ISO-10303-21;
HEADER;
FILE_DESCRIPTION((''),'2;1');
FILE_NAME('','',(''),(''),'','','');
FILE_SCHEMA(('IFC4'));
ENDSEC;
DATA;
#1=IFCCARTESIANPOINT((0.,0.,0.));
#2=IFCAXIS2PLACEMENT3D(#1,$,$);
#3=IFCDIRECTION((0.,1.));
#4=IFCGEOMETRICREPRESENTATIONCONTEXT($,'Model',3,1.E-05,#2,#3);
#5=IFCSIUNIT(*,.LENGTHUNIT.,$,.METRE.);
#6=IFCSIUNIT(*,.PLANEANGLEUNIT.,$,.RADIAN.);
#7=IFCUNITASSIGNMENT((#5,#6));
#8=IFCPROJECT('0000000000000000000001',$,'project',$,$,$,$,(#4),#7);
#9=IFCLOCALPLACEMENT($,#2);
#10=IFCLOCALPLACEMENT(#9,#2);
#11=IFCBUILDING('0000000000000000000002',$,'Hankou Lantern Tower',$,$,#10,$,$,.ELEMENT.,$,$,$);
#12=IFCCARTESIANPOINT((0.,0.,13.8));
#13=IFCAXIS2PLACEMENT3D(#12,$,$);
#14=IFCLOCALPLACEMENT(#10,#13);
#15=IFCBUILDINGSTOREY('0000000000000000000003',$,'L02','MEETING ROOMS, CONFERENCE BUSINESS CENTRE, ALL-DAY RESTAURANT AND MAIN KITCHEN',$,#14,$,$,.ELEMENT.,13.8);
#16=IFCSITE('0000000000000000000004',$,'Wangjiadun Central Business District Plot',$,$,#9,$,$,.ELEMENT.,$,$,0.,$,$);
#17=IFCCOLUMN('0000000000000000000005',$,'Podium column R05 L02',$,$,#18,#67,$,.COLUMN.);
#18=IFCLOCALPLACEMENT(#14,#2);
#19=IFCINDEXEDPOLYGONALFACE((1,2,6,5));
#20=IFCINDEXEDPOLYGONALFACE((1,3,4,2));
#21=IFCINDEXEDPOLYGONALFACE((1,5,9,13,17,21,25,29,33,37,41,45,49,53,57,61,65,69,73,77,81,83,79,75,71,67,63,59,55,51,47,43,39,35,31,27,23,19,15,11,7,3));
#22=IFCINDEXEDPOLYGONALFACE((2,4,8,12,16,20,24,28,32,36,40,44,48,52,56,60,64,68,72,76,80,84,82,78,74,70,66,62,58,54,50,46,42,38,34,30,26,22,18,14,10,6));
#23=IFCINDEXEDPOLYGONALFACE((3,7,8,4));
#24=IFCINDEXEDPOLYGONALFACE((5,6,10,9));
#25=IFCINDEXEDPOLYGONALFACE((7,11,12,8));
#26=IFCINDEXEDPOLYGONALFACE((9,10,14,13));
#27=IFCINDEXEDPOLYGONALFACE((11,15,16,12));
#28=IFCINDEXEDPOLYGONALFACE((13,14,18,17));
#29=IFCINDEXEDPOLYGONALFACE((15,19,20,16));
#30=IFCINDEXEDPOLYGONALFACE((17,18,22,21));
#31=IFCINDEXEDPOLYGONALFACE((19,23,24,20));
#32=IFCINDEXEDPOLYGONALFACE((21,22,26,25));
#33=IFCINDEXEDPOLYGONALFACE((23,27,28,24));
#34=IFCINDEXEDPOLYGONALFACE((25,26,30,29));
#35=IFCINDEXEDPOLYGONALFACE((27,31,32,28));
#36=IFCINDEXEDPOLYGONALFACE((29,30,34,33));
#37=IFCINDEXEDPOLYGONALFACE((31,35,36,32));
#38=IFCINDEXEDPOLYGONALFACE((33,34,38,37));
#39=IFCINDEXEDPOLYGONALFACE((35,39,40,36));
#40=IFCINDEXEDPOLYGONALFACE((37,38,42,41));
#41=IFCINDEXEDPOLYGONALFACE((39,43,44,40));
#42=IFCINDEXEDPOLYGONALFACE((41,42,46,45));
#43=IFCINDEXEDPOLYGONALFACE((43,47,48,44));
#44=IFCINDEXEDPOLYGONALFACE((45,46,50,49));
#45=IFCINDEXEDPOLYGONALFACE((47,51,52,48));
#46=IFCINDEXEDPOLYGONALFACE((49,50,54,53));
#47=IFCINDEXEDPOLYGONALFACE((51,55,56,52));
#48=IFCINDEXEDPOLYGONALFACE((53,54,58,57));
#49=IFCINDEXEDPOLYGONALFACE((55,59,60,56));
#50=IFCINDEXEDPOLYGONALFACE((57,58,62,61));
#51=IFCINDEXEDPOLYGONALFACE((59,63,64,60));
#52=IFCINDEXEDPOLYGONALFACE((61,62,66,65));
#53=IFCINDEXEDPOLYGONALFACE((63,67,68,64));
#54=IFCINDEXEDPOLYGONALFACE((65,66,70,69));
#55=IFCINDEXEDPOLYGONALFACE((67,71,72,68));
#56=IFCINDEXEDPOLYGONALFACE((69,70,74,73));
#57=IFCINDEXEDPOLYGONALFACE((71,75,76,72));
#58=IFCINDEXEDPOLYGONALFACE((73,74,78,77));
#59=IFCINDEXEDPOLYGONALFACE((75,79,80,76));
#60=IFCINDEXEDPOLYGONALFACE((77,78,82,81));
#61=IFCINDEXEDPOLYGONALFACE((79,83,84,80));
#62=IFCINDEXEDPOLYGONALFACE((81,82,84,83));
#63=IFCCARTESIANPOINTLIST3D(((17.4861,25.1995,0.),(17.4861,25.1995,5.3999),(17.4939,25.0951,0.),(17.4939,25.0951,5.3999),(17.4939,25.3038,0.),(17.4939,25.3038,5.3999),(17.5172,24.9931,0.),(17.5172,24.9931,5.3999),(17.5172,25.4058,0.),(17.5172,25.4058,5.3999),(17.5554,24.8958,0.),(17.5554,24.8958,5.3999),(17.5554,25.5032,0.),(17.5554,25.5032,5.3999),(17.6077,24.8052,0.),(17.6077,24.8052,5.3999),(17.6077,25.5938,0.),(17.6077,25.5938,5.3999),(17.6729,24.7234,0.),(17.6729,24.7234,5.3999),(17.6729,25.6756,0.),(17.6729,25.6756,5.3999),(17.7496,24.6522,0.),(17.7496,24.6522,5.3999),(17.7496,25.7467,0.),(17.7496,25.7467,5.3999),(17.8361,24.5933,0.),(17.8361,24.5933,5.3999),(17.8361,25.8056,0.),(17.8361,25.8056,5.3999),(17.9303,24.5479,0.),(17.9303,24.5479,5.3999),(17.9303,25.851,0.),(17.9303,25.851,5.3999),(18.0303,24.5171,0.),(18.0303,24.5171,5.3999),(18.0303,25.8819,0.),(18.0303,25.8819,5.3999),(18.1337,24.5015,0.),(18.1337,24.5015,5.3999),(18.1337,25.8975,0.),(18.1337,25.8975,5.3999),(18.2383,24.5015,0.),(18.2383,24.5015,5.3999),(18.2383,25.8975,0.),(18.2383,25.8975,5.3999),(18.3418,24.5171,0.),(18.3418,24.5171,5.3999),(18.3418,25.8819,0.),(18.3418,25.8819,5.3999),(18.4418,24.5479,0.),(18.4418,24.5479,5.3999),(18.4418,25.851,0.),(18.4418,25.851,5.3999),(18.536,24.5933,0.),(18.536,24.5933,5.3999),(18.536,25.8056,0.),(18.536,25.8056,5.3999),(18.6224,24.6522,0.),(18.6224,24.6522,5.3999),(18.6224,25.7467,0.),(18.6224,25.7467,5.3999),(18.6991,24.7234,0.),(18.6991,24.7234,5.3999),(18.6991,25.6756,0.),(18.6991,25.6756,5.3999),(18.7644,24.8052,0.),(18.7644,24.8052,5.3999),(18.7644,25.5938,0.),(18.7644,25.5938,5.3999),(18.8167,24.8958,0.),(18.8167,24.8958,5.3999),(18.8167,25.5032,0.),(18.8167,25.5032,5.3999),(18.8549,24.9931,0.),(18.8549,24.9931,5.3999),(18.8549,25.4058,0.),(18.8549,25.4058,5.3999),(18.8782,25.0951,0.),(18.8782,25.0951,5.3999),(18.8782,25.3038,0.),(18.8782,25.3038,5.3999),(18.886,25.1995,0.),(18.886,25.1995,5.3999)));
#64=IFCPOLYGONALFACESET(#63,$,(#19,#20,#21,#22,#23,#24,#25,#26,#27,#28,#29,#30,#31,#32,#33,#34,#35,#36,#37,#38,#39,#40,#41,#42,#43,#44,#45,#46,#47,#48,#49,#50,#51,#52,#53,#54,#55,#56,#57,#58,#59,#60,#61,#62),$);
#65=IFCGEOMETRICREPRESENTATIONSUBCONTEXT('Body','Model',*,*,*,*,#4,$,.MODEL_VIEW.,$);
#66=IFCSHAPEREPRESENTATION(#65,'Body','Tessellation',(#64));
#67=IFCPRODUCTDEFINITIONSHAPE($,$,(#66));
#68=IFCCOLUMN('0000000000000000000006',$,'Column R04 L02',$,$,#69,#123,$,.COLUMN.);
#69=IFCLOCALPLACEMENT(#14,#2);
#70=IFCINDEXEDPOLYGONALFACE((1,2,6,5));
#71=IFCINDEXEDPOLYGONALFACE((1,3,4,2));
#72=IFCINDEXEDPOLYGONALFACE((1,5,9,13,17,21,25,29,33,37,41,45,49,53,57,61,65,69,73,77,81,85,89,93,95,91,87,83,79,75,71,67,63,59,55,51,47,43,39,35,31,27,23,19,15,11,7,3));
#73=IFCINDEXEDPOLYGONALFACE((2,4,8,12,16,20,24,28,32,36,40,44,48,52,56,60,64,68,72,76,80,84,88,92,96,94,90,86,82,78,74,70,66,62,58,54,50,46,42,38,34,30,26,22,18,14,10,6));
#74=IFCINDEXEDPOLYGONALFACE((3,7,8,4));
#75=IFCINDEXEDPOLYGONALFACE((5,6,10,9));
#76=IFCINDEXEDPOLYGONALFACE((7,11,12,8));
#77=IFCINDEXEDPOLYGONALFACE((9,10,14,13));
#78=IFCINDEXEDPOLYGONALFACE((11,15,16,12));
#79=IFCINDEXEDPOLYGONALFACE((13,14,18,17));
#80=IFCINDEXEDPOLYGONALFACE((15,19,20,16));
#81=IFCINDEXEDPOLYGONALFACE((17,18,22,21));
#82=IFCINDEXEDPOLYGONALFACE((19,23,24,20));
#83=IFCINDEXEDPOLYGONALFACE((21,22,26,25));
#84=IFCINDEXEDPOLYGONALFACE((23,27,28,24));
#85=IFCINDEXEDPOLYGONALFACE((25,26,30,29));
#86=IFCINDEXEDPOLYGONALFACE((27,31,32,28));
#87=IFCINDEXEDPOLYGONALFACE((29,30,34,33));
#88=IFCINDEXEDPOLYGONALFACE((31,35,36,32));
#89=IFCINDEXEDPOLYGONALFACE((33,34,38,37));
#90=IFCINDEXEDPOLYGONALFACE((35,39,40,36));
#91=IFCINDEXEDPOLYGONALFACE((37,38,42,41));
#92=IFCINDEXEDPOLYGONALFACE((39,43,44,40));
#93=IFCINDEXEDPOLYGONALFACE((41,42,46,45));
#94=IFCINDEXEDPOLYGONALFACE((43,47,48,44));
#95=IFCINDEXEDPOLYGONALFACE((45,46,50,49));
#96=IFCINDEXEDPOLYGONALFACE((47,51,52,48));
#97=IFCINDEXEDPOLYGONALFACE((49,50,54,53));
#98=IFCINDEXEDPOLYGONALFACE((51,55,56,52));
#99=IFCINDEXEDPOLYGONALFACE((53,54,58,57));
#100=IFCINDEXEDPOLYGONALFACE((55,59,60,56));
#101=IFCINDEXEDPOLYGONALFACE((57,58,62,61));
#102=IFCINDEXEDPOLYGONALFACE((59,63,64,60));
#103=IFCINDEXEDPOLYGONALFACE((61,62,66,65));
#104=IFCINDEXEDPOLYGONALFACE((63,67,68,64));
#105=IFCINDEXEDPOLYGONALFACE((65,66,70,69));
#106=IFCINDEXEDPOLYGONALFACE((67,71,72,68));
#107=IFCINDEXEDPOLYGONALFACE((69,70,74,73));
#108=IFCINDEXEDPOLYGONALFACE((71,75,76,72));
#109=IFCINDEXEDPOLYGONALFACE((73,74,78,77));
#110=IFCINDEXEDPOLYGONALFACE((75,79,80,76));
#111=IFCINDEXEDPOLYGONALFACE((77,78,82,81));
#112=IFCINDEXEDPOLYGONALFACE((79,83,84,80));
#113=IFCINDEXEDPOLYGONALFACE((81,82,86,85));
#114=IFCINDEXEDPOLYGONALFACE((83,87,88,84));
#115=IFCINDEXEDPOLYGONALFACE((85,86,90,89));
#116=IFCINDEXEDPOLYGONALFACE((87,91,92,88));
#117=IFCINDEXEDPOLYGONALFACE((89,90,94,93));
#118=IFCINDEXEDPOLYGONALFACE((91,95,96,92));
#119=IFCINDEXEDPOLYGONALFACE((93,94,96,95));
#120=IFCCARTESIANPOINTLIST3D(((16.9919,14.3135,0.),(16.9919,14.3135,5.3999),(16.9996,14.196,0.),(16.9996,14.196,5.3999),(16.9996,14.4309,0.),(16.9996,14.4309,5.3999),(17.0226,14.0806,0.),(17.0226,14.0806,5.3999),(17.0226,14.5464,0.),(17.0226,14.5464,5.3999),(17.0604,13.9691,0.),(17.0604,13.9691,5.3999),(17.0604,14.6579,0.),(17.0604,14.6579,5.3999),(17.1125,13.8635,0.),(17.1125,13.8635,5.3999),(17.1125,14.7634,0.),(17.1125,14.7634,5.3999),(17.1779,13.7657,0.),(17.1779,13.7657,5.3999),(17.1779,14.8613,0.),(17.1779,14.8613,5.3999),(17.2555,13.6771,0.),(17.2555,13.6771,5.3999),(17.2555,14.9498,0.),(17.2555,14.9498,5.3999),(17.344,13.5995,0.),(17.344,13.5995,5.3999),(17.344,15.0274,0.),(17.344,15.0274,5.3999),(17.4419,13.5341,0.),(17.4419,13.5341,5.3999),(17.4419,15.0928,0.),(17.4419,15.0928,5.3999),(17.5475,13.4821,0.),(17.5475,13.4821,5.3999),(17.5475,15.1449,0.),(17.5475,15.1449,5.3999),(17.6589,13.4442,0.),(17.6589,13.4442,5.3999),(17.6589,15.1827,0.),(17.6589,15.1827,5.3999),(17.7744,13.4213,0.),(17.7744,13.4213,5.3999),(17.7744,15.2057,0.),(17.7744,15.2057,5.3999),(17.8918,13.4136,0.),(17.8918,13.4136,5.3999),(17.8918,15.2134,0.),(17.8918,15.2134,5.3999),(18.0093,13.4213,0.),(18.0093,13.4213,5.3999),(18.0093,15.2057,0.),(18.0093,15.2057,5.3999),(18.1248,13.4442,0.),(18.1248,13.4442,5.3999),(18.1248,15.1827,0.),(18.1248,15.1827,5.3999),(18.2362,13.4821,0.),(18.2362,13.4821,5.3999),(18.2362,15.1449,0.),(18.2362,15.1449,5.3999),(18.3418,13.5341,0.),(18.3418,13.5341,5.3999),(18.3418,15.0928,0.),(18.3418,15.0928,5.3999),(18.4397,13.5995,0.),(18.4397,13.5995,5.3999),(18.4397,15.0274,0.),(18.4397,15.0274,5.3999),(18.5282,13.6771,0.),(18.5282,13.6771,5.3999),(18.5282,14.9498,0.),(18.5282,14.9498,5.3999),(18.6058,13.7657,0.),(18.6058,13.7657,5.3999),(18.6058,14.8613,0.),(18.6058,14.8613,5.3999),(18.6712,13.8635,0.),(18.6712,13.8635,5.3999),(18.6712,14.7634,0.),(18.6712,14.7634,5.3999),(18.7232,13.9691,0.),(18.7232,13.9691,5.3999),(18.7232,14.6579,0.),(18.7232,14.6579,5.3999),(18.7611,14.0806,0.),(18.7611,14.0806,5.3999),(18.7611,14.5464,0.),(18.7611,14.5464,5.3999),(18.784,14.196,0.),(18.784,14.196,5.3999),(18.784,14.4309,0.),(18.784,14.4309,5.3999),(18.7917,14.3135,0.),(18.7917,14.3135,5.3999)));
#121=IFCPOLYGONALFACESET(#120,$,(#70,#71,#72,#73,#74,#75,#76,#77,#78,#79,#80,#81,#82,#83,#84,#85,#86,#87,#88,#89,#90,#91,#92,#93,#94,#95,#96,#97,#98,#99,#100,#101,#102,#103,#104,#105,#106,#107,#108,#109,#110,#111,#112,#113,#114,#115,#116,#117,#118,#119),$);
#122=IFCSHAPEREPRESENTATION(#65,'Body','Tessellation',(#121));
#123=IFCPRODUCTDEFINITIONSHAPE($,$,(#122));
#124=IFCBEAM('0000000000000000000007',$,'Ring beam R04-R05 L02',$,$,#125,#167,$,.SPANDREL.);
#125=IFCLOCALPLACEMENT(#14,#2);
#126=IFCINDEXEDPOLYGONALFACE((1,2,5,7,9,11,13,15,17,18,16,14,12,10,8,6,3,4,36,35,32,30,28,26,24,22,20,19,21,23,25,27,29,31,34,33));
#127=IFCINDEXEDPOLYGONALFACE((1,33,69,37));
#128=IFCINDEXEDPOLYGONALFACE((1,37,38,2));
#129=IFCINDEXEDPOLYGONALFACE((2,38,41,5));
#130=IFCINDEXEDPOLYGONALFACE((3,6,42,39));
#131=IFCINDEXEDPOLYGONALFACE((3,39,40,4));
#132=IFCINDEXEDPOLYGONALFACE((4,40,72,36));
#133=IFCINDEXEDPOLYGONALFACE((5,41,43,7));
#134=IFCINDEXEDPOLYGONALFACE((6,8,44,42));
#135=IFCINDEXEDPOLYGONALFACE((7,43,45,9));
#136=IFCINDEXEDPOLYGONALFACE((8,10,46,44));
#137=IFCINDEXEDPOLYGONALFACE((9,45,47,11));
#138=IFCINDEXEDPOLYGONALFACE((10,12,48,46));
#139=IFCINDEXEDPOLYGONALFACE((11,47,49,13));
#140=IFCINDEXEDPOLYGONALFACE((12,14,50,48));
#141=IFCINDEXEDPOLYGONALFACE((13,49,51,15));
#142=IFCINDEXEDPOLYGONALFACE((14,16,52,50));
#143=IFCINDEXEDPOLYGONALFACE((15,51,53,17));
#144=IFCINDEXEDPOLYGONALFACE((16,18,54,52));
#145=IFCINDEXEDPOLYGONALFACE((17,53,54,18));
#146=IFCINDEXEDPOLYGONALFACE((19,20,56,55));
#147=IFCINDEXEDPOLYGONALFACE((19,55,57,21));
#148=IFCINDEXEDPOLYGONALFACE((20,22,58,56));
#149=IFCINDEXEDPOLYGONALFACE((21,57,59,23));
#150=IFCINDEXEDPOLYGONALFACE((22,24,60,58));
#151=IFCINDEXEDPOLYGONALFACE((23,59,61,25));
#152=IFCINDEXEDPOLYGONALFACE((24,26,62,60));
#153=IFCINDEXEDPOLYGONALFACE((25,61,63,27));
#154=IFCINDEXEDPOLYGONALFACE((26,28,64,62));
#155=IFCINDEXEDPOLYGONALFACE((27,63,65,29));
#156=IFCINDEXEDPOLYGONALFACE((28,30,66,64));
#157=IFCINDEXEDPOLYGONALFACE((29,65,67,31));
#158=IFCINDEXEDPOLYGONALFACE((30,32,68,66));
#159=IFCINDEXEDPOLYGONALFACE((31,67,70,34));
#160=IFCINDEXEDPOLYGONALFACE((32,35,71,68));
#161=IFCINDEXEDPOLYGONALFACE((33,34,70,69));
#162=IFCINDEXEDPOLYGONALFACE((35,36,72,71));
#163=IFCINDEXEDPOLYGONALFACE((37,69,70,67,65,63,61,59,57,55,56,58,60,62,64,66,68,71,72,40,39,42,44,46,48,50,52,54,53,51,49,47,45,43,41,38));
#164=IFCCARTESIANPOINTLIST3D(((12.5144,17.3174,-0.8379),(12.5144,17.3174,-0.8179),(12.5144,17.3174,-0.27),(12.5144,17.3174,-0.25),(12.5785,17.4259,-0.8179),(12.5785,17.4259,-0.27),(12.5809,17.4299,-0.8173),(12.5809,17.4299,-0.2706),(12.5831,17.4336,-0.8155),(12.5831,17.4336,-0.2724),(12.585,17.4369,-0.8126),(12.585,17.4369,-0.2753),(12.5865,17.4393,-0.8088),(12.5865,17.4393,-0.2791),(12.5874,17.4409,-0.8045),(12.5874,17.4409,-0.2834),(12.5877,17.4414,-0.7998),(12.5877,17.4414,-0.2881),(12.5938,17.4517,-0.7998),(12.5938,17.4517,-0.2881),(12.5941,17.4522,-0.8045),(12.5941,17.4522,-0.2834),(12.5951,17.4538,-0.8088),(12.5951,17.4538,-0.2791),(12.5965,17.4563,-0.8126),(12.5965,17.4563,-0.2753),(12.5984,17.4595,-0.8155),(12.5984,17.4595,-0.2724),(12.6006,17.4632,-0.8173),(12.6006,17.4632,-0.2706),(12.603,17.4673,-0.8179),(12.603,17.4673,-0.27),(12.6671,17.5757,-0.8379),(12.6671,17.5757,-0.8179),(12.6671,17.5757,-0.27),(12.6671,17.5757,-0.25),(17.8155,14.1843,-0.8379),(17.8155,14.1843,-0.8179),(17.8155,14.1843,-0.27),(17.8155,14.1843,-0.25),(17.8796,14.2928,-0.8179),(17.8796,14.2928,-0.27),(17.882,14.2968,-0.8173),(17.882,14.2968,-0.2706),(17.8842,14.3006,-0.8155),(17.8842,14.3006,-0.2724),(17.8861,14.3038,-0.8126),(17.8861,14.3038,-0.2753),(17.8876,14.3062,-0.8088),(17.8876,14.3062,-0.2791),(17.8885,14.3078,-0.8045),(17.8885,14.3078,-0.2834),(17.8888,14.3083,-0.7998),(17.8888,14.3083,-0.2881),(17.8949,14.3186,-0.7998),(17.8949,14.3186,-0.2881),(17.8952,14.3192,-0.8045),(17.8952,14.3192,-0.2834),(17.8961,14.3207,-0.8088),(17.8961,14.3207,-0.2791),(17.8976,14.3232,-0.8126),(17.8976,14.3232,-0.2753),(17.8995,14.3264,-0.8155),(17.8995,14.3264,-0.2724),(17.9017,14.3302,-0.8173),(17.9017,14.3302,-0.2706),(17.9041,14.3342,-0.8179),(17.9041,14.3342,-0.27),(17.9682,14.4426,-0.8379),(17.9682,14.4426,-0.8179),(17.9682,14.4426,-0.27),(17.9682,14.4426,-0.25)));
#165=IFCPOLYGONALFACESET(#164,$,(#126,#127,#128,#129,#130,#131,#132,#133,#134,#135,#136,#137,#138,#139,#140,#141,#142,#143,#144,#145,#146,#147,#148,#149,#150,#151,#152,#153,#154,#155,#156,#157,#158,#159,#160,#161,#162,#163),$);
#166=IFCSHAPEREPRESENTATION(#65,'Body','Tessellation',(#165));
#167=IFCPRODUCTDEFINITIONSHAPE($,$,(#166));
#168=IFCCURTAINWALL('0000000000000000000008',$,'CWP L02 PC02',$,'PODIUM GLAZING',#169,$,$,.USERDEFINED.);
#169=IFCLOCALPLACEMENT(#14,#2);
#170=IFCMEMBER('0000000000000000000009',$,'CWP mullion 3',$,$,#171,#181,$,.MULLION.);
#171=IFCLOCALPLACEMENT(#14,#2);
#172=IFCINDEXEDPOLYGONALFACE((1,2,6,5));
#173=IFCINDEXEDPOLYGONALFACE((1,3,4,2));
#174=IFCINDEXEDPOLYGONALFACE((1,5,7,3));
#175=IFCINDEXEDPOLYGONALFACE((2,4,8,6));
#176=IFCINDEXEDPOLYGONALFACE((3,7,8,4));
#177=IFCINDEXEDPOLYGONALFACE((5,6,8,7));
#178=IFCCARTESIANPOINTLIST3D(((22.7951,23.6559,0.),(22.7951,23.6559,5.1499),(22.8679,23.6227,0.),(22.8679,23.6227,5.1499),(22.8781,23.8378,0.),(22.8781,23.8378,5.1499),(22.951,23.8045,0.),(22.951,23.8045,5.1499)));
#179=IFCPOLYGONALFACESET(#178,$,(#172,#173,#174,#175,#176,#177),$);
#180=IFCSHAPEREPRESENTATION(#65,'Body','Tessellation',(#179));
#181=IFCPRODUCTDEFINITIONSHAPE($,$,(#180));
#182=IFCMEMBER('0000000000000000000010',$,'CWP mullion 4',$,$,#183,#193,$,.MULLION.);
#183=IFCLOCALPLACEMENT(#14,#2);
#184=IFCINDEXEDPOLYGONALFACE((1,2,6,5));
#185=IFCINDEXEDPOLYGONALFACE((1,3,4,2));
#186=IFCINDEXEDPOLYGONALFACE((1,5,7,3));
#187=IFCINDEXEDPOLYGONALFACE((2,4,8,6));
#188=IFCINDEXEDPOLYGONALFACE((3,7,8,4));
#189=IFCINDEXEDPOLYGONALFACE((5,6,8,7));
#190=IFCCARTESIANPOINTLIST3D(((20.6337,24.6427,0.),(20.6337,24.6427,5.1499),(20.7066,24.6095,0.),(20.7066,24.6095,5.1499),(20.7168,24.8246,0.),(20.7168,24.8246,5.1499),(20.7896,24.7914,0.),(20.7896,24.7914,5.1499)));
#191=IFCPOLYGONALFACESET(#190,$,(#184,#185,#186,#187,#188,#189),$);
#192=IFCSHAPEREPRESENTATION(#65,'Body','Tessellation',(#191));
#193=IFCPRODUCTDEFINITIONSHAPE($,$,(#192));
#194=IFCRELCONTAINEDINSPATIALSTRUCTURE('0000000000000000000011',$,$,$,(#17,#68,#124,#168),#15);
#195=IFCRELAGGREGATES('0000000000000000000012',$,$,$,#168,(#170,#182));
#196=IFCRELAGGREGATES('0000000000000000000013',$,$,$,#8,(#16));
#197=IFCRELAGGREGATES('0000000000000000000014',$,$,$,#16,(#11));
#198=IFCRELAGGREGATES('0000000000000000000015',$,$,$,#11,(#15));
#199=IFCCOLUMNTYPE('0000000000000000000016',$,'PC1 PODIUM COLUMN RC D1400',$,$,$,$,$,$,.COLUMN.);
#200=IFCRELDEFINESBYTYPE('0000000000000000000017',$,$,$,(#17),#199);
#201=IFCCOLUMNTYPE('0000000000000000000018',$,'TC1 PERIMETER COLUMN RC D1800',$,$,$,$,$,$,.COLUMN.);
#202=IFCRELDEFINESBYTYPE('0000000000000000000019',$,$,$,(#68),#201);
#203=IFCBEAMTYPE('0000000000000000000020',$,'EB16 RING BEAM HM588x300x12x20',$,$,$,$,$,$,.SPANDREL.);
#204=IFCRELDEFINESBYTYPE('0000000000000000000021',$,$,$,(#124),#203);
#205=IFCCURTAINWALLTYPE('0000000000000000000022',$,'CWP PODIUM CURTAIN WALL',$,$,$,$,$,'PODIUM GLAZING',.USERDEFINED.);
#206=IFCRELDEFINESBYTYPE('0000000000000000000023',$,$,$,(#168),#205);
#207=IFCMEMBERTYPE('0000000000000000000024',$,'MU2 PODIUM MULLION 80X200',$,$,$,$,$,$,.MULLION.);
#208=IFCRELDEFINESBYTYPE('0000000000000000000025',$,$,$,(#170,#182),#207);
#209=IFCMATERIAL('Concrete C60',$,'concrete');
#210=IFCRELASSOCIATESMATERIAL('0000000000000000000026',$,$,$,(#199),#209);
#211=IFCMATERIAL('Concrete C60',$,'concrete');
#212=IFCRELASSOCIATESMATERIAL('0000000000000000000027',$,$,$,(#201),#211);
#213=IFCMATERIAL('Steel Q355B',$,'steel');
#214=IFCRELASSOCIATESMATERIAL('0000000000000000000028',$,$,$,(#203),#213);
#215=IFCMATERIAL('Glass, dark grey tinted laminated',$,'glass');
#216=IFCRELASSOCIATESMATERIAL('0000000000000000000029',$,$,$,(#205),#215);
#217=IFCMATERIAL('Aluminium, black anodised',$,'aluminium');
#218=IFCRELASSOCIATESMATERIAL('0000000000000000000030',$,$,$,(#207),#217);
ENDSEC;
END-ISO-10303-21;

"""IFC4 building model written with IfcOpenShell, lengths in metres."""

from ifc_helpers import new_model, si_unit, direction, frame, origin, origin_2d, place, context, subcontext, project, spatial, rectangle, circle, i_section, extrude, material, material_profile, profile_set, type_object, element, aggregate, save


model = new_model("IFC4")

# Units and contexts
model_context = context("Model", 3, precision=1e-05, world=origin(), true_north=direction((0.0, 1.0)))
body_context = subcontext(model_context, "Body", "Model", "MODEL_VIEW")
ifc_project = project(units=[si_unit("LENGTHUNIT", "METRE"), si_unit("PLANEANGLEUNIT", "RADIAN")], contexts=[model_context])

# Site, building, storey
site_placement = place(None, origin())
site = spatial("IfcSite", under=ifc_project, at=site_placement, Name="Wangjiadun Central Business District Plot", CompositionType="ELEMENT", RefElevation=0.0)
building_placement = place(site_placement, origin())
building = spatial("IfcBuilding", under=site, at=building_placement, Name="Hankou Lantern Tower", CompositionType="ELEMENT")
storey_placement = place(building_placement, frame((0.0, 0.0, 13.8)))
storey = spatial("IfcBuildingStorey", under=building, at=storey_placement, Name="L02", Description="MEETING ROOMS, CONFERENCE BUSINESS CENTRE, ALL-DAY RESTAURANT AND MAIN KITCHEN", CompositionType="ELEMENT", Elevation=13.8)

# Columns
ifc_material_1 = material(Name="Concrete C60", Category="concrete")
ifc_material_profile_1 = material_profile(ifc_material_1, circle(Radius=0.7, at=origin_2d()), Name="RC D1400")
ifc_profile_set_1 = profile_set([ifc_material_profile_1], Name="Concrete C60")
column_type_1 = type_object("IfcColumnType", Name="PC1 PODIUM COLUMN RC D1400", PredefinedType="COLUMN", material=ifc_profile_set_1)
column_1_placement = place(storey_placement, frame((18.186, 25.1995, 0.0), z_axis=(0.0, 0.0, 1.0), x_axis=(1.0, 0.0, 0.0)))
element("IfcColumn", 1, at=column_1_placement, inside=storey, type_object=column_type_1, Name="Podium column R05 L02", PredefinedType="COLUMN", context=body_context, shape_type="SweptSolid", body=[
    extrude(circle(Radius=0.7, at=origin_2d()), origin(), (0.0, 0.0, 1.0), 5.3999),
])
ifc_material_2 = material(Name="Concrete C60", Category="concrete")
ifc_material_profile_2 = material_profile(ifc_material_2, circle(Radius=0.8999, at=origin_2d()), Name="RC D1800")
ifc_profile_set_2 = profile_set([ifc_material_profile_2], Name="Concrete C60")
column_type_2 = type_object("IfcColumnType", Name="TC1 PERIMETER COLUMN RC D1800", PredefinedType="COLUMN", material=ifc_profile_set_2)
column_2_placement = place(storey_placement, frame((17.8918, 14.3135, 0.0), z_axis=(0.0, 0.0, 1.0), x_axis=(1.0, 0.0, 0.0)))
element("IfcColumn", 2, at=column_2_placement, inside=storey, type_object=column_type_2, Name="Column R04 L02", PredefinedType="COLUMN", context=body_context, shape_type="SweptSolid", body=[
    extrude(circle(Radius=0.8999, at=origin_2d()), origin(), (0.0, 0.0, 1.0), 5.3999),
])

# Beam
ifc_material_3 = material(Name="Steel Q355B", Category="steel")
ifc_material_profile_3 = material_profile(ifc_material_3, i_section(OverallWidth=0.3, OverallDepth=0.5879, WebThickness=0.012, FlangeThickness=0.02, FilletRadius=0.0181, at=origin_2d()), Name="HM588x300x12x20")
ifc_profile_set_3 = profile_set([ifc_material_profile_3], Name="Steel Q355B")
beam_type_1 = type_object("IfcBeamType", Name="EB16 RING BEAM HM588x300x12x20", PredefinedType="SPANDREL", material=ifc_profile_set_3)
beam_1_placement = place(storey_placement, frame((17.8918, 14.3135, -0.5439), z_axis=(-0.860882, 0.508805, 0.0), x_axis=(-0.508805, -0.860882, 0.0)))
element("IfcBeam", 3, at=beam_1_placement, inside=storey, type_object=beam_type_1, Name="Ring beam R04-R05 L02", PredefinedType="SPANDREL", context=body_context, shape_type="SweptSolid", body=[
    extrude(i_section(OverallWidth=0.3, OverallDepth=0.5879, WebThickness=0.012, FlangeThickness=0.02, FilletRadius=0.0181, at=origin_2d()), origin(), (0.0, 0.0, 1.0), 6.1577),
])

# Curtain wall, members
ifc_material_4 = material(Name="Glass, dark grey tinted laminated", Category="glass")
curtain_wall_type = type_object("IfcCurtainWallType", Name="CWP PODIUM CURTAIN WALL", ElementType="PODIUM GLAZING", PredefinedType="USERDEFINED", material=ifc_material_4)
curtain_wall_1_placement = place(storey_placement, origin())
curtain_wall_1 = element("IfcCurtainWall", 4, at=curtain_wall_1_placement, inside=storey, type_object=curtain_wall_type, Name="CWP L02 PC02", ObjectType="PODIUM GLAZING", PredefinedType="USERDEFINED")
ifc_material_5 = material(Name="Aluminium, black anodised", Category="aluminium")
ifc_material_profile_4 = material_profile(ifc_material_5, rectangle(XDim=0.0801, YDim=0.2, at=origin_2d()), Name="MU2 80X200")
ifc_profile_set_4 = profile_set([ifc_material_profile_4], Name="Aluminium, black anodised")
member_type_1 = type_object("IfcMemberType", Name="MU2 PODIUM MULLION 80X200", PredefinedType="MULLION", material=ifc_profile_set_4)
member_1_placement = place(storey_placement, frame((22.873, 23.7302, 0.0), z_axis=(0.0, 0.0, 1.0), x_axis=(-0.90967, 0.415332, 0.0)))
member_1 = element("IfcMember", 5, at=member_1_placement, type_object=member_type_1, Name="CWP mullion 3", PredefinedType="MULLION", context=body_context, shape_type="SweptSolid", body=[
    extrude(rectangle(XDim=0.0801, YDim=0.2, at=origin_2d()), origin(), (0.0, 0.0, 1.0), 5.1499),
])
member_2_placement = place(storey_placement, frame((20.7117, 24.717, 0.0), z_axis=(0.0, 0.0, 1.0), x_axis=(-0.90967, 0.415332, 0.0)))
member_2 = element("IfcMember", 6, at=member_2_placement, type_object=member_type_1, Name="CWP mullion 4", PredefinedType="MULLION", context=body_context, shape_type="SweptSolid", body=[
    extrude(rectangle(XDim=0.0801, YDim=0.2, at=origin_2d()), origin(), (0.0, 0.0, 1.0), 5.1499),
])

aggregate(curtain_wall_1, [member_1, member_2])

save(model, "model.ifc")
